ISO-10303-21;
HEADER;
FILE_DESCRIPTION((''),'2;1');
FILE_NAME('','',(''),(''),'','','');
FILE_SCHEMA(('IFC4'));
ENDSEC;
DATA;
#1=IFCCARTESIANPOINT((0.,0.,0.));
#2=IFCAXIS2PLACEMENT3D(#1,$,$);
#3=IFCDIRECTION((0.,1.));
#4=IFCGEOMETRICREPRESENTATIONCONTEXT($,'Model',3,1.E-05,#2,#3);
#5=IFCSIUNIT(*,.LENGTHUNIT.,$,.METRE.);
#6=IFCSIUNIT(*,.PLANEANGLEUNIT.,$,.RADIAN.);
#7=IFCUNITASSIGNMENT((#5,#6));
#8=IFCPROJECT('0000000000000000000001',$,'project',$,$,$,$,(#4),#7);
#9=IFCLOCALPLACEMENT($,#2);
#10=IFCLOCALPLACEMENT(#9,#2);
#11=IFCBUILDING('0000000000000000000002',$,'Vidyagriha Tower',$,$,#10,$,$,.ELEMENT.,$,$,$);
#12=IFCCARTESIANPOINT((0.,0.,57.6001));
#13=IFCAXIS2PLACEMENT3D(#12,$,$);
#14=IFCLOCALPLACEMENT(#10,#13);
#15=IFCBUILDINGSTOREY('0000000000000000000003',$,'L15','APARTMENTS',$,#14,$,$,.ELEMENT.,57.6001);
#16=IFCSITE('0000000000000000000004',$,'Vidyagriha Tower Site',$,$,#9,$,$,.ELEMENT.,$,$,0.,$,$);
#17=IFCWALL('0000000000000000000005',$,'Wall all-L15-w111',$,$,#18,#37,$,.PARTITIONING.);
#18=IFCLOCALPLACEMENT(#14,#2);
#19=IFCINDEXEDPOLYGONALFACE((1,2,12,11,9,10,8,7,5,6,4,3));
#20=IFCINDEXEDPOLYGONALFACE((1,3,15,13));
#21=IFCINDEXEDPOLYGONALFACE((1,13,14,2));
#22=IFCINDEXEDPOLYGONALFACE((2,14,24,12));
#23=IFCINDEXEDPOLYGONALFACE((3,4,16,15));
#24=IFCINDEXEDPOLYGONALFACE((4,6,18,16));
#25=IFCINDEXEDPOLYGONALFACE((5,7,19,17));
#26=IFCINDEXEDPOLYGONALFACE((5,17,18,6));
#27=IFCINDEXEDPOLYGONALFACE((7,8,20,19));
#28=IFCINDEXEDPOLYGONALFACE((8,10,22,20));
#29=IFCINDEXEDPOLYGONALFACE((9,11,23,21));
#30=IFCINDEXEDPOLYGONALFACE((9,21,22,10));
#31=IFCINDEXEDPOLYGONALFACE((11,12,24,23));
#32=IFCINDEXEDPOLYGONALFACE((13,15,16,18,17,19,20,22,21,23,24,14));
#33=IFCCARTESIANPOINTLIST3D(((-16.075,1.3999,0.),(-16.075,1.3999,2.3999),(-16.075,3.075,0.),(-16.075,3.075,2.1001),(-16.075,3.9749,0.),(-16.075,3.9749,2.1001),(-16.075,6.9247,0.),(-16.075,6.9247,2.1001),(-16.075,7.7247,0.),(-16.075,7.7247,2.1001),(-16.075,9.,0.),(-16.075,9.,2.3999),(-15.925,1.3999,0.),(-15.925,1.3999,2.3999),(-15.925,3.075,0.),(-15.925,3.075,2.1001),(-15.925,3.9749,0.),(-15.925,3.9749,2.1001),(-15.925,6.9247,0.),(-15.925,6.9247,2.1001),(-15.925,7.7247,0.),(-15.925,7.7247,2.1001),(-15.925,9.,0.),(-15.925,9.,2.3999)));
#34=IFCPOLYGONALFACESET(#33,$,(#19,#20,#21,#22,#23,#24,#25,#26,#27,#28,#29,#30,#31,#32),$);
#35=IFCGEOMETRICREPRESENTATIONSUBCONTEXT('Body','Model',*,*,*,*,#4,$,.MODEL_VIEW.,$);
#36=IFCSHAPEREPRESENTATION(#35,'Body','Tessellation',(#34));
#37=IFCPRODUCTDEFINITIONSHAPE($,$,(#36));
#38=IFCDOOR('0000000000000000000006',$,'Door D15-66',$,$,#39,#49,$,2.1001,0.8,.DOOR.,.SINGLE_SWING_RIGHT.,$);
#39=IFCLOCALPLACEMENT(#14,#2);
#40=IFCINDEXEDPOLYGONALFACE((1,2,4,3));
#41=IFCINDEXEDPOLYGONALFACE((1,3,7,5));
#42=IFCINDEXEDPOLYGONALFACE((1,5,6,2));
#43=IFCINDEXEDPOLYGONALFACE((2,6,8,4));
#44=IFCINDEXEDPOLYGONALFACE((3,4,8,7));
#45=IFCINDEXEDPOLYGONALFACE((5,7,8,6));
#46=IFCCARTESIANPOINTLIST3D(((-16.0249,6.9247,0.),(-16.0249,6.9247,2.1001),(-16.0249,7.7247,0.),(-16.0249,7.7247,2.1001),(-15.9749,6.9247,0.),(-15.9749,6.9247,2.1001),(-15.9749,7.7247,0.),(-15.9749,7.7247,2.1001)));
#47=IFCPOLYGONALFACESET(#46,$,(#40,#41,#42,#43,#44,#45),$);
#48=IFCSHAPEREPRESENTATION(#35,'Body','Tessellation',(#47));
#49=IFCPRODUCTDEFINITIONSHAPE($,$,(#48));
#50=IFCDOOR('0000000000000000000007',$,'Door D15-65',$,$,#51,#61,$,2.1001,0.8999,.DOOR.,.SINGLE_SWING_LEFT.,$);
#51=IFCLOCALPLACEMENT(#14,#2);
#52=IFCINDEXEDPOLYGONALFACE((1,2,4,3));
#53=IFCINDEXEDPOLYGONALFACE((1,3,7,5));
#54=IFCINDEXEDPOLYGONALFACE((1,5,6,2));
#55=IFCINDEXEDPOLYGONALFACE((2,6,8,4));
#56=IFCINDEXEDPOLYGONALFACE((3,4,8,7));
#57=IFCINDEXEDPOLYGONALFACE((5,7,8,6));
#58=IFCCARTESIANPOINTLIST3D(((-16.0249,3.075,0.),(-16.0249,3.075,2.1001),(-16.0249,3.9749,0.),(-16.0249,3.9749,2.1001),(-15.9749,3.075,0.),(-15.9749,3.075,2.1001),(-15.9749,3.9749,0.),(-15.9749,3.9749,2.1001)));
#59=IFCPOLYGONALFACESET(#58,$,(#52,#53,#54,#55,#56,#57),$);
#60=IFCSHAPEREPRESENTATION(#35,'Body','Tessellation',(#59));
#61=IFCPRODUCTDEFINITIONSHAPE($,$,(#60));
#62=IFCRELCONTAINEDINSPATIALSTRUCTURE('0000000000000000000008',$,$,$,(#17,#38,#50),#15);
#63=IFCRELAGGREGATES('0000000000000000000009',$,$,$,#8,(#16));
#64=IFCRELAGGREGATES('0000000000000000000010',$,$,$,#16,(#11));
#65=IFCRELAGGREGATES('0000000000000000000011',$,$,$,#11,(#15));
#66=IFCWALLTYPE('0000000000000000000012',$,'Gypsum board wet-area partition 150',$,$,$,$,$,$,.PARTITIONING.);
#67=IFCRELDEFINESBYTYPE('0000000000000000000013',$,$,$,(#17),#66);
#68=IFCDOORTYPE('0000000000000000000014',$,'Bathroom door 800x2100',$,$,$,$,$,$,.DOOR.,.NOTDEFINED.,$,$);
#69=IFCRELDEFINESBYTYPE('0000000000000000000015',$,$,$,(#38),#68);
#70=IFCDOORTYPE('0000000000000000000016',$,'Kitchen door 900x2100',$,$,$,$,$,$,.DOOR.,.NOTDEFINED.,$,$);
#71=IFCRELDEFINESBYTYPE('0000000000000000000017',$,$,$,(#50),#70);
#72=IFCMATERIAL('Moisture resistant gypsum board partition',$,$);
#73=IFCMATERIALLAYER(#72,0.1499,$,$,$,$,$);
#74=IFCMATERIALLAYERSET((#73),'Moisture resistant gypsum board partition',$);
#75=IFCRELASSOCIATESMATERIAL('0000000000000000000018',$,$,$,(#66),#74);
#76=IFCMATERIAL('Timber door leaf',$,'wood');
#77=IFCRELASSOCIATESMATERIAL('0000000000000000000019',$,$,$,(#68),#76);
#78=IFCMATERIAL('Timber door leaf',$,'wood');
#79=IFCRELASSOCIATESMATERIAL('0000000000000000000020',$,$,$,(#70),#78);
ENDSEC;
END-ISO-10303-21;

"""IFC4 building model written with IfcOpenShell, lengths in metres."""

from ifc_helpers import new_model, si_unit, direction, frame, frame_2d, origin, place, context, subcontext, project, spatial, rectangle, extrude, material, layer, layer_set, type_object, element, fill, save


model = new_model("IFC4")

# Units and contexts
model_context = context("Model", 3, precision=1e-05, world=origin(), true_north=direction((0.0, 1.0)))
body_context = subcontext(model_context, "Body", "Model", "MODEL_VIEW")
ifc_project = project(units=[si_unit("LENGTHUNIT", "METRE"), si_unit("PLANEANGLEUNIT", "RADIAN")], contexts=[model_context])

# Site, building, storey
site_placement = place(None, origin())
site = spatial("IfcSite", under=ifc_project, at=site_placement, Name="Vidyagriha Tower Site", CompositionType="ELEMENT", RefElevation=0.0)
building_placement = place(site_placement, origin())
building = spatial("IfcBuilding", under=site, at=building_placement, Name="Vidyagriha Tower", CompositionType="ELEMENT")
storey_placement = place(building_placement, frame((0.0, 0.0, 57.6001)))
storey = spatial("IfcBuildingStorey", under=building, at=storey_placement, Name="L15", Description="APARTMENTS", CompositionType="ELEMENT", Elevation=57.6001)

# Wall, openings, doors
ifc_material_1 = material(Name="Moisture resistant gypsum board partition")
ifc_layer_1 = layer(ifc_material_1, 0.1499)
ifc_layer_set_1 = layer_set([ifc_layer_1], Name="Moisture resistant gypsum board partition")
wall_type_1 = type_object("IfcWallType", Name="Gypsum board wet-area partition 150", PredefinedType="PARTITIONING", material=ifc_layer_set_1)
wall_1_placement = place(storey_placement, frame((-16.0, 1.3999, 0.0), z_axis=(0.0, 0.0, 1.0), x_axis=(0.0, 1.0, 0.0)))
wall_1 = element("IfcWall", 1, at=wall_1_placement, inside=storey, type_object=wall_type_1, Name="Wall all-L15-w111", PredefinedType="PARTITIONING", context=body_context, shape_type="SweptSolid", body=[
    extrude(rectangle(XDim=7.6001, YDim=0.1499, at=frame_2d((3.8, 0.0))), origin(), (0.0, 0.0, 1.0), 2.3999),
])
opening_1_placement = place(wall_1_placement, frame((1.675, 0.0, 0.0)))
opening_1 = element("IfcOpeningElement", 2, at=opening_1_placement, cuts=wall_1, PredefinedType="OPENING", context=body_context, shape_type="SweptSolid", body=[
    extrude(rectangle(XDim=0.8999, YDim=2.1001, at=frame_2d((0.45, 1.05))), frame((0.0, 0.085, 0.0), z_axis=(0.0, -1.0, 0.0), x_axis=(1.0, 0.0, 0.0)), (0.0, 0.0, 1.0), 0.1699),
])
opening_2_placement = place(wall_1_placement, frame((5.5249, 0.0, 0.0)))
opening_2 = element("IfcOpeningElement", 3, at=opening_2_placement, cuts=wall_1, PredefinedType="OPENING", context=body_context, shape_type="SweptSolid", body=[
    extrude(rectangle(XDim=0.8, YDim=2.1001, at=frame_2d((0.3999, 1.05))), frame((0.0, 0.085, 0.0), z_axis=(0.0, -1.0, 0.0), x_axis=(1.0, 0.0, 0.0)), (0.0, 0.0, 1.0), 0.1699),
])
ifc_material_2 = material(Name="Timber door leaf", Category="wood")
door_type_1 = type_object("IfcDoorType", Name="Bathroom door 800x2100", OperationType="NOTDEFINED", PredefinedType="DOOR", material=ifc_material_2)
door_1_placement = place(opening_2_placement, origin())
door_1 = element("IfcDoor", 4, at=door_1_placement, inside=storey, type_object=door_type_1, Name="Door D15-66", OperationType="SINGLE_SWING_RIGHT", OverallHeight=2.1001, OverallWidth=0.8, PredefinedType="DOOR", context=body_context, shape_type="SweptSolid", body=[
    extrude(rectangle(XDim=0.8, YDim=2.1001, at=frame_2d((0.3999, 1.05))), frame((0.0, 0.0249, 0.0), z_axis=(0.0, -1.0, 0.0), x_axis=(1.0, 0.0, 0.0)), (0.0, 0.0, 1.0), 0.05),
])
fill(opening_2, door_1)
ifc_material_3 = material(Name="Timber door leaf", Category="wood")
door_type_2 = type_object("IfcDoorType", Name="Kitchen door 900x2100", OperationType="NOTDEFINED", PredefinedType="DOOR", material=ifc_material_3)
door_2_placement = place(opening_1_placement, origin())
door_2 = element("IfcDoor", 5, at=door_2_placement, inside=storey, type_object=door_type_2, Name="Door D15-65", OperationType="SINGLE_SWING_LEFT", OverallHeight=2.1001, OverallWidth=0.8999, PredefinedType="DOOR", context=body_context, shape_type="SweptSolid", body=[
    extrude(rectangle(XDim=0.8999, YDim=2.1001, at=frame_2d((0.45, 1.05))), frame((0.0, 0.0249, 0.0), z_axis=(0.0, -1.0, 0.0), x_axis=(1.0, 0.0, 0.0)), (0.0, 0.0, 1.0), 0.05),
])
fill(opening_1, door_2)

save(model, "model.ifc")
